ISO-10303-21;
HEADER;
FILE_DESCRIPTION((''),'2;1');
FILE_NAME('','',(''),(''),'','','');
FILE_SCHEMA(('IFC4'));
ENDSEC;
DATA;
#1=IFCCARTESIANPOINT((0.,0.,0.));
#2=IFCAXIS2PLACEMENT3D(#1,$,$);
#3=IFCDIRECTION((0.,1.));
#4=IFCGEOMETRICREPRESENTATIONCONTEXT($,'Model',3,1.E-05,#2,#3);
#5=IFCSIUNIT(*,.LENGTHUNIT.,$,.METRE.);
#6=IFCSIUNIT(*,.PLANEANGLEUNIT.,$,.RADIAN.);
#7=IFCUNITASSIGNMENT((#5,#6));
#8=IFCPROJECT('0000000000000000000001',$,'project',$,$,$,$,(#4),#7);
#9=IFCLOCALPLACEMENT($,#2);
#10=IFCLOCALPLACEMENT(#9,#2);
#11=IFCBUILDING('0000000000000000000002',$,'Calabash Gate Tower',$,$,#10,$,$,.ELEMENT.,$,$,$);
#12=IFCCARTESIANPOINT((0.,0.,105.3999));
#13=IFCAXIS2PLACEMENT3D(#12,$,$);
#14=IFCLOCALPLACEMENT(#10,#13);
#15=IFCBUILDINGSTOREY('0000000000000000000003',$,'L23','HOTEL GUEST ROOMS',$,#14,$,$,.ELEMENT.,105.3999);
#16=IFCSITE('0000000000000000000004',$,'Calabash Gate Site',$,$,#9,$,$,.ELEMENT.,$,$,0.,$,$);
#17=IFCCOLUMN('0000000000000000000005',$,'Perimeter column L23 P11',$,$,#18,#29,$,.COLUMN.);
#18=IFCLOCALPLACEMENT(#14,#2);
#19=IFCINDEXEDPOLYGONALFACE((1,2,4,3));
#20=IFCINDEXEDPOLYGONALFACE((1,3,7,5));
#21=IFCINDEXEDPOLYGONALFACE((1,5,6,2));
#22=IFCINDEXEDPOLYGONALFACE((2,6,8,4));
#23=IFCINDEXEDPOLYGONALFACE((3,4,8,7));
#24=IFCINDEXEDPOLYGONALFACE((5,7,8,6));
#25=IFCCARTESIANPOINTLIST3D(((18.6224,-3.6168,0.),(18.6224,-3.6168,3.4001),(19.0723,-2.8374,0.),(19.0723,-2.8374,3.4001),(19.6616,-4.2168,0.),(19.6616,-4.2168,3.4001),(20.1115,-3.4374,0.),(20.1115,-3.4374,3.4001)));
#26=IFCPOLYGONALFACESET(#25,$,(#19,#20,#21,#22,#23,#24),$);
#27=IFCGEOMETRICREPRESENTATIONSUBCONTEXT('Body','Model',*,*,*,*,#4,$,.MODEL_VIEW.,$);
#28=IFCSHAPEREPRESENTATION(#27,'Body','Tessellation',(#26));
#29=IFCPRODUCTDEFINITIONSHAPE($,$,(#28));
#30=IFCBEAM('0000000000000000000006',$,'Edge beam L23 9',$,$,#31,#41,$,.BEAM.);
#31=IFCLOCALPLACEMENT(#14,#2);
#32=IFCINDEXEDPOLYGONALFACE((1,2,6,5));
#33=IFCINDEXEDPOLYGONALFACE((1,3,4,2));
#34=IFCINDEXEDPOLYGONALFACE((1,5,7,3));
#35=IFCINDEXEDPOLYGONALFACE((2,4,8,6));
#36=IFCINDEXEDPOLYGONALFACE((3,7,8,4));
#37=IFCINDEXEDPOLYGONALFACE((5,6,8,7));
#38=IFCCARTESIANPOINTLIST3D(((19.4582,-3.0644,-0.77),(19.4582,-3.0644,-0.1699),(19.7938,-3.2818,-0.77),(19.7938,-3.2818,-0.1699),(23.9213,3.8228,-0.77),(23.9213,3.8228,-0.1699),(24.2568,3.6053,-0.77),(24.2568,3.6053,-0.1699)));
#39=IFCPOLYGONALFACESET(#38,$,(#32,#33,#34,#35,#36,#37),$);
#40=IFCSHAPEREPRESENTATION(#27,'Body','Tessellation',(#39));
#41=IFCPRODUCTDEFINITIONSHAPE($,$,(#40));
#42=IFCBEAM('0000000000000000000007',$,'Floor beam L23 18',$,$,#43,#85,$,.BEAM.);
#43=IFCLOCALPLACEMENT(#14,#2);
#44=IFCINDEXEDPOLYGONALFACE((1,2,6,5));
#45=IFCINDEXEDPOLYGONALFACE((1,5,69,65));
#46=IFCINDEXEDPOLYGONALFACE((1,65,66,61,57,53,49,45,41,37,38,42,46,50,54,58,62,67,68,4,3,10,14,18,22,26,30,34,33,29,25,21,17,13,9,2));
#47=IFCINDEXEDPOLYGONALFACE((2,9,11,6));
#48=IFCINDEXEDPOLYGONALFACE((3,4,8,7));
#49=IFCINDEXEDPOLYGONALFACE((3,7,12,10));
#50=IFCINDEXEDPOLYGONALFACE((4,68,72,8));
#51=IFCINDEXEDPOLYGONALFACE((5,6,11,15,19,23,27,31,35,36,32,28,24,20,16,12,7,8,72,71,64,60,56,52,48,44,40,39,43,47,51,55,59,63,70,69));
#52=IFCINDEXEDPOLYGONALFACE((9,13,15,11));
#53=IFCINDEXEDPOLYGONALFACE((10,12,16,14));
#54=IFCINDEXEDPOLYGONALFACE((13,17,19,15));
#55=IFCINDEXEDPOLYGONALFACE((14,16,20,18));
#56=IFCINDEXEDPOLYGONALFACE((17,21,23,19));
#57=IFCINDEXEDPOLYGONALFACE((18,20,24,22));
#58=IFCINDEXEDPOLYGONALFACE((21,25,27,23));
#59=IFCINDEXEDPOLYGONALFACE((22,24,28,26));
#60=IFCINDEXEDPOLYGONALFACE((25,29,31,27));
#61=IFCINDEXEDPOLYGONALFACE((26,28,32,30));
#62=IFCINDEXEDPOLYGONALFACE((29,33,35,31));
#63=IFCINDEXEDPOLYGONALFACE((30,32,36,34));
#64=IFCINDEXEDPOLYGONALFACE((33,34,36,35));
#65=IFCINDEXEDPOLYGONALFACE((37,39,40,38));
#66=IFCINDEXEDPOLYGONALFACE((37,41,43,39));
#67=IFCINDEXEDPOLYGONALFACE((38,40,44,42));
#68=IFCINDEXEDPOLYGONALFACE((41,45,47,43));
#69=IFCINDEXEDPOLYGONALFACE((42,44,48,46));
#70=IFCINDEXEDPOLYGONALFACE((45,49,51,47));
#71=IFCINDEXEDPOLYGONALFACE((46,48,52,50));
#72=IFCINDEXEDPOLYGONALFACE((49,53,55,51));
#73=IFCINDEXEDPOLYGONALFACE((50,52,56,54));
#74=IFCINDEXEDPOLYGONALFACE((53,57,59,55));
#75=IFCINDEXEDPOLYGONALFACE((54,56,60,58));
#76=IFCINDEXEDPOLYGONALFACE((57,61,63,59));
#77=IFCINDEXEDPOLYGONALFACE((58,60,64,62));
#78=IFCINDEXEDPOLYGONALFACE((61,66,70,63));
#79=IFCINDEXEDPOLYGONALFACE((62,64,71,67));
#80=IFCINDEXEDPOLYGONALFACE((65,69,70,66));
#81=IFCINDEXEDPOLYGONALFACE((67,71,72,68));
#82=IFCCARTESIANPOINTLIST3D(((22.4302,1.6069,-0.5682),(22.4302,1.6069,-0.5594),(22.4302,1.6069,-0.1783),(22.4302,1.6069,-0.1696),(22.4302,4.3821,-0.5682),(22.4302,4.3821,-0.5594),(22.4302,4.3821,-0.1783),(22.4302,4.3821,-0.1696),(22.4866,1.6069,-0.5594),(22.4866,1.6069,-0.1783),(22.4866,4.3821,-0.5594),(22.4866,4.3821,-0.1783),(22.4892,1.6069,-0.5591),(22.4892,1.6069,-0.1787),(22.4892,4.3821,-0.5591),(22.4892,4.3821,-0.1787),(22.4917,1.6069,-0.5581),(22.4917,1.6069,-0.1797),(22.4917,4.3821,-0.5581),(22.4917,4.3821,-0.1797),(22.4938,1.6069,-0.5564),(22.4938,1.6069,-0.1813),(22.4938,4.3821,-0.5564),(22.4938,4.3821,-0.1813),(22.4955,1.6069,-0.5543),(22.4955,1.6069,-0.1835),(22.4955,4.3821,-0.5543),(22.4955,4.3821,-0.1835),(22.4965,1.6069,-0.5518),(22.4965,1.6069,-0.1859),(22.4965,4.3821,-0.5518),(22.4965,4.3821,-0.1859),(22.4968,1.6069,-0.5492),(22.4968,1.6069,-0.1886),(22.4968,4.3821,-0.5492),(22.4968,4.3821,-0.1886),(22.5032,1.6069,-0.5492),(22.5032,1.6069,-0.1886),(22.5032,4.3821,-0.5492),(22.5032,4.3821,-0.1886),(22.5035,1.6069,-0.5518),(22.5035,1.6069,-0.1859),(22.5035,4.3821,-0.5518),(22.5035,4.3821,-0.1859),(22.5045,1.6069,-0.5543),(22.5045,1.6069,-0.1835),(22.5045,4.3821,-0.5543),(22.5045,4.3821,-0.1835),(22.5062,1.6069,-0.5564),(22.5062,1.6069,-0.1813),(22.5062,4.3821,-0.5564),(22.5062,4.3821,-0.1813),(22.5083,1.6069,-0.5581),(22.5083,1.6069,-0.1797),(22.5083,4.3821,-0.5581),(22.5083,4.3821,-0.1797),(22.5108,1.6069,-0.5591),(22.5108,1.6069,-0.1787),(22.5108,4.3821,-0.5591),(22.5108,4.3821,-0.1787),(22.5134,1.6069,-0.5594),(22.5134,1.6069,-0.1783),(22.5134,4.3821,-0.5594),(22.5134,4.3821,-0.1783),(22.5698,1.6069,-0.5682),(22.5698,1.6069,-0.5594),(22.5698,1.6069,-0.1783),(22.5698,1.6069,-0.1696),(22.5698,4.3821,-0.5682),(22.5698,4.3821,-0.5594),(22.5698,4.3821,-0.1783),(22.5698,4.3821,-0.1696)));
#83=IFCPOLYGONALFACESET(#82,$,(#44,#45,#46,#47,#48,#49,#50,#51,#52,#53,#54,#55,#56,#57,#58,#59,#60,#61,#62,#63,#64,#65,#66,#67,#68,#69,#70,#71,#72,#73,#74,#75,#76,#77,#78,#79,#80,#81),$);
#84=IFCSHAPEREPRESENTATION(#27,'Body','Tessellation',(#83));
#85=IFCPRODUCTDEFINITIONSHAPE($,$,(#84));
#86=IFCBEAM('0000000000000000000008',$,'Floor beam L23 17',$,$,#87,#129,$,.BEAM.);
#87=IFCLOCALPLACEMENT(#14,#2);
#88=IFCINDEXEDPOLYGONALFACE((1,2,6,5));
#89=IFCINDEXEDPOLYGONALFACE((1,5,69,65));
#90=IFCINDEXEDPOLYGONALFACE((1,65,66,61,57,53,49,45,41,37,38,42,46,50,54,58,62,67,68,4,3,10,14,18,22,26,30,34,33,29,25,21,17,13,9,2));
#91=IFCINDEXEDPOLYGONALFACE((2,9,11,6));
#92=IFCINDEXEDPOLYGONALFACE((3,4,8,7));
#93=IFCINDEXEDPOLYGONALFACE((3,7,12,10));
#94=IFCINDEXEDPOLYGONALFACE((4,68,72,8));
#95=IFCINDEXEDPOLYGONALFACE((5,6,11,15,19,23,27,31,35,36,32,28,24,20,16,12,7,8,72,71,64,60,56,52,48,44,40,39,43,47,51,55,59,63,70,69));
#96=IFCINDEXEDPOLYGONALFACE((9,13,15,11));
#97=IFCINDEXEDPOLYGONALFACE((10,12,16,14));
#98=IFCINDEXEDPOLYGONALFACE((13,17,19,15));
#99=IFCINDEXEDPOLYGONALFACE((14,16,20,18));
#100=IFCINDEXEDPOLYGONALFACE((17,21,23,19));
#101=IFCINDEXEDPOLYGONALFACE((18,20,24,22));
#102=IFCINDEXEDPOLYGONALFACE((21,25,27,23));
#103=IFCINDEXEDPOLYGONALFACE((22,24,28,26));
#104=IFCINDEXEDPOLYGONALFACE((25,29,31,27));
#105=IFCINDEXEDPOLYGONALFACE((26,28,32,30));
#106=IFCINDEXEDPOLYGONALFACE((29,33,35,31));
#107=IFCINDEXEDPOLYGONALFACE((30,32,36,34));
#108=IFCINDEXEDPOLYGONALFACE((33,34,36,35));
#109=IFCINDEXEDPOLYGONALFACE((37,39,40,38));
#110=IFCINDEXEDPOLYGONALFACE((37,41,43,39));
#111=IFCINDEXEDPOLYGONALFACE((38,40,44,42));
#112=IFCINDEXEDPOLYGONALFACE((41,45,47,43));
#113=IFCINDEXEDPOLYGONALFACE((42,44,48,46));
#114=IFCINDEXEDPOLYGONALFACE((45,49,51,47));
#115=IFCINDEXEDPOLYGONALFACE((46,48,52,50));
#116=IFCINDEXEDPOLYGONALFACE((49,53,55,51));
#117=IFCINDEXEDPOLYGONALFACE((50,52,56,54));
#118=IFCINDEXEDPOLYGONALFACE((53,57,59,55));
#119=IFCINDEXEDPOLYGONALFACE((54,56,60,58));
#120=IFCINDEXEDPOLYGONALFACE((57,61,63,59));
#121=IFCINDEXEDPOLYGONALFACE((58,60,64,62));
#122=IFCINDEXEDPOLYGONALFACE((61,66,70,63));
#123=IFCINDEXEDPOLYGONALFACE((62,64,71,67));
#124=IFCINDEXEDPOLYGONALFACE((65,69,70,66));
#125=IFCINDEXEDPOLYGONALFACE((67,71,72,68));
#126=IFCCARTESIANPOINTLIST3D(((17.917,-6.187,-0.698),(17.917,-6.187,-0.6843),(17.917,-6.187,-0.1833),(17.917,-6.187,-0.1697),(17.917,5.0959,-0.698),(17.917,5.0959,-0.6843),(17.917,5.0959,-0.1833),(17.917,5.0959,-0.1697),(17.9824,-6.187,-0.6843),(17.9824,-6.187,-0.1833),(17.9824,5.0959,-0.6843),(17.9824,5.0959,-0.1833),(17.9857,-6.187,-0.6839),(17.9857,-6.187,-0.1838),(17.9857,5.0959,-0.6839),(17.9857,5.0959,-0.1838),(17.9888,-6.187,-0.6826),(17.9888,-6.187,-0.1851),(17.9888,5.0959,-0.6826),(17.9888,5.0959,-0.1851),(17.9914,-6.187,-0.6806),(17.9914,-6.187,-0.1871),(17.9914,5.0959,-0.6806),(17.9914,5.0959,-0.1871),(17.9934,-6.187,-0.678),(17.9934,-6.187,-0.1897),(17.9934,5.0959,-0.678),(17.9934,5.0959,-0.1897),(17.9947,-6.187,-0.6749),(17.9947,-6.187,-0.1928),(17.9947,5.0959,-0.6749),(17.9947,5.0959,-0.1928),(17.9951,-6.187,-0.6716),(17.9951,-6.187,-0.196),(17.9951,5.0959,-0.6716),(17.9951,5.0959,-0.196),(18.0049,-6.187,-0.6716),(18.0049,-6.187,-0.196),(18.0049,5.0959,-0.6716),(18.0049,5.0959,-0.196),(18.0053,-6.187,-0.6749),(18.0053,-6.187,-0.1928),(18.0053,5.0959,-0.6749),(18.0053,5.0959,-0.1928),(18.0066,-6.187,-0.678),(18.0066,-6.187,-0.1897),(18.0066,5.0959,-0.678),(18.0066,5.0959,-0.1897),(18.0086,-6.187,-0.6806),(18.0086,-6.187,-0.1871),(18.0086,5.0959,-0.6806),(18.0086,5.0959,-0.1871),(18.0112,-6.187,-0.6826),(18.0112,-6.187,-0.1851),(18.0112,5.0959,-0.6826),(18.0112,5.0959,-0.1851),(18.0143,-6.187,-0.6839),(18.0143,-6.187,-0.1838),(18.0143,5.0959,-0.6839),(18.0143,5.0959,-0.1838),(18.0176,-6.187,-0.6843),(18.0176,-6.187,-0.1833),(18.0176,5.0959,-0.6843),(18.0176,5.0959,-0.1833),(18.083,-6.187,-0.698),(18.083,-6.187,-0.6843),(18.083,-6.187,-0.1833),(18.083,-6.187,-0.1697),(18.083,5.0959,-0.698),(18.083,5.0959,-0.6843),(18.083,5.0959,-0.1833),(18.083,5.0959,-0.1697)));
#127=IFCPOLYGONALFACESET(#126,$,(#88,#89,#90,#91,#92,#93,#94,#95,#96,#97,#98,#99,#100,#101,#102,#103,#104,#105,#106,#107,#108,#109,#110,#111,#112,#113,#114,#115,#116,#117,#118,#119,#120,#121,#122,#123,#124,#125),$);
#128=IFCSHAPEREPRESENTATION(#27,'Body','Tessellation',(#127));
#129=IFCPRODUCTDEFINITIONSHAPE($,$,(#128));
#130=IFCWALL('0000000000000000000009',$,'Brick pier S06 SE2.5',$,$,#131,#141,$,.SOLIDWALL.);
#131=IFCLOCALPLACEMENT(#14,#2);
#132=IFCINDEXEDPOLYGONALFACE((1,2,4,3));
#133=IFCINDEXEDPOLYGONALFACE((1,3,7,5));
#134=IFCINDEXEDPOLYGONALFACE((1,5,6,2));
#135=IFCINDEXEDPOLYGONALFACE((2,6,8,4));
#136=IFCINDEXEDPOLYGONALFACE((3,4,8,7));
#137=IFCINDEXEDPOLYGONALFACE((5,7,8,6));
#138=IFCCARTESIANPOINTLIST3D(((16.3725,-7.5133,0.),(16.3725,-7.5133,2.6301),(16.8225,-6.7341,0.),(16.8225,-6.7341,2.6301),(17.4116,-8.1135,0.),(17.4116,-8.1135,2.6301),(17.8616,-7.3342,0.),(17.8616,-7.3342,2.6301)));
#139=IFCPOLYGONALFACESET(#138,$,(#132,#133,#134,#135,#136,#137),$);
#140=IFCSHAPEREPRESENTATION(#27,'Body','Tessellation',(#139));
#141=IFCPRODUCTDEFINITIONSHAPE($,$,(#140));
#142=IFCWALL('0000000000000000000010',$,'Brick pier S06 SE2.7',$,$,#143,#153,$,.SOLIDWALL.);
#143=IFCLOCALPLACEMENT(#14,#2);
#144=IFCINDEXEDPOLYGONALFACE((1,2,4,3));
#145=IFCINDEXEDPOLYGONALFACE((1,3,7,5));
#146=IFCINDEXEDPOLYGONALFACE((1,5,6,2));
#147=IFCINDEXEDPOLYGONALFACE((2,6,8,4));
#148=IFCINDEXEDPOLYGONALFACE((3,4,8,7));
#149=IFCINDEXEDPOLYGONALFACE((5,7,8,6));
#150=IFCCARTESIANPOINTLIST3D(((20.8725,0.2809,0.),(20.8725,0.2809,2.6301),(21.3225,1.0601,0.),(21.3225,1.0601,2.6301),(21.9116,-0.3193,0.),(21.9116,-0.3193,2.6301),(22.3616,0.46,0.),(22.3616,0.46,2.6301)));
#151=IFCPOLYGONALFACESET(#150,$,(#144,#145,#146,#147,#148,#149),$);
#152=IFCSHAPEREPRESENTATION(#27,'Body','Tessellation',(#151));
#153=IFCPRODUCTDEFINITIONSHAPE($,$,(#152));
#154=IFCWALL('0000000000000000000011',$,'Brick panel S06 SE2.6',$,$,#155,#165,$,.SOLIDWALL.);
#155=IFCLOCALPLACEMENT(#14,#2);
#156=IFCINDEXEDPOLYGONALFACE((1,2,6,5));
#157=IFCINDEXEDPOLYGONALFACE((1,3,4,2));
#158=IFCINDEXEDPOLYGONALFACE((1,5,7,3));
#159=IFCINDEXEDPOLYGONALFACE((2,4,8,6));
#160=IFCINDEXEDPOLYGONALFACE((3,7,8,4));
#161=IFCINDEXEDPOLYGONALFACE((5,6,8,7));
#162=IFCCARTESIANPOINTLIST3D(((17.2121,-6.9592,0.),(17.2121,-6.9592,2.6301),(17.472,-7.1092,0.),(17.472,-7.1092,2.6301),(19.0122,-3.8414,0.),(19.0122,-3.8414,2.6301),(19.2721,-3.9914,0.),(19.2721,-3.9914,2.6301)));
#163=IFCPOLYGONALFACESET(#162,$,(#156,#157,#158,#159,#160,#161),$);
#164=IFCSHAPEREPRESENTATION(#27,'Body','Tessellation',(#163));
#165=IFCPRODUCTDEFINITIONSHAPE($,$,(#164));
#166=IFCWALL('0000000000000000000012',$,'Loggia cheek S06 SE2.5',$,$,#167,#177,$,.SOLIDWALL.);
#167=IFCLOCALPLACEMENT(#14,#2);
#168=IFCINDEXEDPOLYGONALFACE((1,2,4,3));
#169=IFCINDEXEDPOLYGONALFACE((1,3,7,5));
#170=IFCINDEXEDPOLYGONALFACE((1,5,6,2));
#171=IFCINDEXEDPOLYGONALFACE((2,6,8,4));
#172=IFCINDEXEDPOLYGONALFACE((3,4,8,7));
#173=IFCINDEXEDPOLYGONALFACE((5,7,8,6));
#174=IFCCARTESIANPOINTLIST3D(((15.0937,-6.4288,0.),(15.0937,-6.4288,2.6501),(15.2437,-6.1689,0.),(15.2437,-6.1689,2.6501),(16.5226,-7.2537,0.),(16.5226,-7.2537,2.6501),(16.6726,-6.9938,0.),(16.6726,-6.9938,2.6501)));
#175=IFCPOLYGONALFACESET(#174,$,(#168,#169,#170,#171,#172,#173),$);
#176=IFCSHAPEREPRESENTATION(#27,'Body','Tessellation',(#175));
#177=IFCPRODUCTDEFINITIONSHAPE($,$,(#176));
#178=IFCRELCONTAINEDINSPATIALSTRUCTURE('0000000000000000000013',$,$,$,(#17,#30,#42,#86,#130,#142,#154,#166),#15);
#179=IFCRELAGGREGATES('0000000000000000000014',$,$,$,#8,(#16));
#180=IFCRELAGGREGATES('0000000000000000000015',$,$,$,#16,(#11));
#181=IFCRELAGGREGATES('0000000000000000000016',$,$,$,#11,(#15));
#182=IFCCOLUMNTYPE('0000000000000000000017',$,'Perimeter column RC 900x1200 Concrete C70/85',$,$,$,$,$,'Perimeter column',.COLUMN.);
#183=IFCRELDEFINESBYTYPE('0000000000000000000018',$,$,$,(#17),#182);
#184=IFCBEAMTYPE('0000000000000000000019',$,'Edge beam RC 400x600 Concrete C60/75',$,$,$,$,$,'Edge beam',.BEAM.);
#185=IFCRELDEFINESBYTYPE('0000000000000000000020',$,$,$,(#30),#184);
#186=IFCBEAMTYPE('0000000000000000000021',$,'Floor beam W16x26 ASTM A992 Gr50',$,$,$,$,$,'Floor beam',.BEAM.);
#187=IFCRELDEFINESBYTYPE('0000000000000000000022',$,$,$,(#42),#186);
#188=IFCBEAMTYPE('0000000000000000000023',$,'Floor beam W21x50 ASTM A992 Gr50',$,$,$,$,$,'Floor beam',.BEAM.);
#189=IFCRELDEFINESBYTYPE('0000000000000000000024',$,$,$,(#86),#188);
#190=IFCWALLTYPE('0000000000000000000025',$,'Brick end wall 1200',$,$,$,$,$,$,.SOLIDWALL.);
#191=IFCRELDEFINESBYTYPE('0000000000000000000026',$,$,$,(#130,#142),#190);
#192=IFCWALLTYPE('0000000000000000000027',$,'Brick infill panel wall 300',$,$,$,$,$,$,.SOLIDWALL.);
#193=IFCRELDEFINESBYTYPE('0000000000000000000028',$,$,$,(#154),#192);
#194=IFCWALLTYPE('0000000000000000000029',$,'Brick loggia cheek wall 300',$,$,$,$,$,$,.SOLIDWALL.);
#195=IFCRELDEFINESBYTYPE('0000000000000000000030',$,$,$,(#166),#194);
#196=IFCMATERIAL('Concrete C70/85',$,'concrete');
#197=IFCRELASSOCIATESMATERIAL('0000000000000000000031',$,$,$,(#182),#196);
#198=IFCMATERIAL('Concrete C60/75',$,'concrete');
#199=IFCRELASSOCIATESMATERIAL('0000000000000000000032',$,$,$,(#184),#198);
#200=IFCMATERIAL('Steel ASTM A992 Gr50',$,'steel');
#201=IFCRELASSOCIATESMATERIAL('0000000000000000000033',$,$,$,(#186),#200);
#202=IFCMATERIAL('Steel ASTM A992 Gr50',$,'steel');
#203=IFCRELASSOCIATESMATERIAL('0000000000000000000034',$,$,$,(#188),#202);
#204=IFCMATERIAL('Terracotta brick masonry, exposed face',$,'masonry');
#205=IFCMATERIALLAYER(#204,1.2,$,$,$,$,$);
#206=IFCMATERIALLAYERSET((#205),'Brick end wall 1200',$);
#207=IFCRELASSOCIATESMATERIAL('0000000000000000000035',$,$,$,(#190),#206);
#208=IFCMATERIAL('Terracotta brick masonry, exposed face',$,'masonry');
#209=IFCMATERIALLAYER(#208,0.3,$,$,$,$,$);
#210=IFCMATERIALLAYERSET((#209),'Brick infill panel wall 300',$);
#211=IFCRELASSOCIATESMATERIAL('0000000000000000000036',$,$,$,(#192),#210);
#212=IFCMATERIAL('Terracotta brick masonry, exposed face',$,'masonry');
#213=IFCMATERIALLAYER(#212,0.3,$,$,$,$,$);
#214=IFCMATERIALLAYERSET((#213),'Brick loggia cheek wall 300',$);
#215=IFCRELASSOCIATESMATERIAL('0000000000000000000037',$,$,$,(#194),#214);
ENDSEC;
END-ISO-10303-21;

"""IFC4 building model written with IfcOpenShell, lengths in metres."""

from ifc_helpers import new_model, si_unit, direction, frame, frame_2d, origin, origin_2d, place, context, subcontext, project, spatial, rectangle, i_section, extrude, material, layer, layer_set, material_profile, profile_set, type_object, element, save


model = new_model("IFC4")

# Units and contexts
model_context = context("Model", 3, precision=1e-05, world=origin(), true_north=direction((0.0, 1.0)))
body_context = subcontext(model_context, "Body", "Model", "MODEL_VIEW")
ifc_project = project(units=[si_unit("LENGTHUNIT", "METRE"), si_unit("PLANEANGLEUNIT", "RADIAN")], contexts=[model_context])

# Site, building, storey
site_placement = place(None, origin())
site = spatial("IfcSite", under=ifc_project, at=site_placement, Name="Calabash Gate Site", CompositionType="ELEMENT", RefElevation=0.0)
building_placement = place(site_placement, origin())
building = spatial("IfcBuilding", under=site, at=building_placement, Name="Calabash Gate Tower", CompositionType="ELEMENT")
storey_placement = place(building_placement, frame((0.0, 0.0, 105.3999)))
storey = spatial("IfcBuildingStorey", under=building, at=storey_placement, Name="L23", Description="HOTEL GUEST ROOMS", CompositionType="ELEMENT", Elevation=105.3999)

# Column
ifc_material_1 = material(Name="Concrete C70/85", Category="concrete")
ifc_material_profile_1 = material_profile(ifc_material_1, rectangle(XDim=0.8999, YDim=1.2, at=origin_2d()))
ifc_profile_set_1 = profile_set([ifc_material_profile_1], Name="Concrete C70/85")
column_type = type_object("IfcColumnType", Name="Perimeter column RC 900x1200 Concrete C70/85", ElementType="Perimeter column", PredefinedType="COLUMN", material=ifc_profile_set_1)
column_placement = place(storey_placement, frame((19.3669, -3.5271, 0.0), z_axis=(0.0, 0.0, 1.0), x_axis=(0.5, 0.866025, 0.0)))
element("IfcColumn", 1, at=column_placement, inside=storey, type_object=column_type, Name="Perimeter column L23 P11", PredefinedType="COLUMN", context=body_context, shape_type="SweptSolid", body=[
    extrude(rectangle(XDim=0.8999, YDim=1.2, at=origin_2d()), origin(), (0.0, 0.0, 1.0), 3.4001),
])

# Beams
ifc_material_2 = material(Name="Concrete C60/75", Category="concrete")
ifc_material_profile_2 = material_profile(ifc_material_2, rectangle(XDim=0.3999, YDim=0.6001, at=origin_2d()))
ifc_profile_set_2 = profile_set([ifc_material_profile_2], Name="Concrete C60/75")
beam_type_1 = type_object("IfcBeamType", Name="Edge beam RC 400x600 Concrete C60/75", ElementType="Edge beam", PredefinedType="BEAM", material=ifc_profile_set_2)
beam_1_placement = place(storey_placement, frame((19.626, -3.1731, -0.47), z_axis=(0.543827, 0.839197, 0.0), x_axis=(-0.839197, 0.543827, 0.0)))
element("IfcBeam", 2, at=beam_1_placement, inside=storey, type_object=beam_type_1, Name="Edge beam L23 9", PredefinedType="BEAM", context=body_context, shape_type="SweptSolid", body=[
    extrude(rectangle(XDim=0.3999, YDim=0.6001, at=origin_2d()), origin(), (0.0, 0.0, 1.0), 8.2068),
])
ifc_material_3 = material(Name="Steel ASTM A992 Gr50", Category="steel")
ifc_material_profile_3 = material_profile(ifc_material_3, i_section(OverallWidth=0.1396, OverallDepth=0.3987, WebThickness=0.0063, FlangeThickness=0.0088, FilletRadius=0.0103, at=origin_2d()))
ifc_profile_set_3 = profile_set([ifc_material_profile_3], Name="Steel ASTM A992 Gr50")
beam_type_2 = type_object("IfcBeamType", Name="Floor beam W16x26 ASTM A992 Gr50", ElementType="Floor beam", PredefinedType="BEAM", material=ifc_profile_set_3)
beam_2_placement = place(storey_placement, frame((22.5, 1.6069, -0.3689), z_axis=(0.0, 1.0, 0.0), x_axis=(-1.0, 0.0, 0.0)))
element("IfcBeam", 3, at=beam_2_placement, inside=storey, type_object=beam_type_2, Name="Floor beam L23 18", PredefinedType="BEAM", context=body_context, shape_type="SweptSolid", body=[
    extrude(i_section(OverallWidth=0.1396, OverallDepth=0.3987, WebThickness=0.0063, FlangeThickness=0.0088, FilletRadius=0.0103, at=origin_2d()), origin(), (0.0, 0.0, 1.0), 2.7751),
])
ifc_material_4 = material(Name="Steel ASTM A992 Gr50", Category="steel")
ifc_material_profile_4 = material_profile(ifc_material_4, i_section(OverallWidth=0.166, OverallDepth=0.5283, WebThickness=0.0098, FlangeThickness=0.0137, FilletRadius=0.0127, at=origin_2d()))
ifc_profile_set_4 = profile_set([ifc_material_profile_4], Name="Steel ASTM A992 Gr50")
beam_type_3 = type_object("IfcBeamType", Name="Floor beam W21x50 ASTM A992 Gr50", ElementType="Floor beam", PredefinedType="BEAM", material=ifc_profile_set_4)
beam_3_placement = place(storey_placement, frame((18.0, -6.187, -0.4338), z_axis=(0.0, 1.0, 0.0), x_axis=(-1.0, 0.0, 0.0)))
element("IfcBeam", 4, at=beam_3_placement, inside=storey, type_object=beam_type_3, Name="Floor beam L23 17", PredefinedType="BEAM", context=body_context, shape_type="SweptSolid", body=[
    extrude(i_section(OverallWidth=0.166, OverallDepth=0.5283, WebThickness=0.0098, FlangeThickness=0.0137, FilletRadius=0.0127, at=origin_2d()), origin(), (0.0, 0.0, 1.0), 11.283),
])

# Walls
ifc_material_5 = material(Name="Terracotta brick masonry, exposed face", Category="masonry")
ifc_layer_1 = layer(ifc_material_5, 1.2)
ifc_layer_set_1 = layer_set([ifc_layer_1], Name="Brick end wall 1200")
wall_type_1 = type_object("IfcWallType", Name="Brick end wall 1200", PredefinedType="SOLIDWALL", material=ifc_layer_set_1)
for number, where, z_axis, x_axis, name in (
    (5, (17.6367, -7.7239, 0.0), (0.0, 0.0, 1.0), (-0.865955, 0.500122, 0.0), "Brick pier S06 SE2.5"),
    (6, (22.1367, 0.0703, 0.0), (0.0, 0.0, 1.0), (-0.865955, 0.500122, 0.0), "Brick pier S06 SE2.7"),
):
    element("IfcWall", number, at=place(storey_placement, frame(where, z_axis=z_axis, x_axis=x_axis)), inside=storey, type_object=wall_type_1, Name=name, PredefinedType="SOLIDWALL", context=body_context, shape_type="SweptSolid", body=[
        extrude(rectangle(XDim=1.2, YDim=0.8999, at=frame_2d((0.6001, 0.0))), origin(), (0.0, 0.0, 1.0), 2.6301),
    ])
ifc_material_6 = material(Name="Terracotta brick masonry, exposed face", Category="masonry")
ifc_layer_2 = layer(ifc_material_6, 0.3)
ifc_layer_set_2 = layer_set([ifc_layer_2], Name="Brick infill panel wall 300")
wall_type_2 = type_object("IfcWallType", Name="Brick infill panel wall 300", PredefinedType="SOLIDWALL", material=ifc_layer_set_2)
wall_1_placement = place(storey_placement, frame((17.342, -7.0342, 0.0), z_axis=(0.0, 0.0, 1.0), x_axis=(0.500012, 0.866018, 0.0)))
element("IfcWall", 7, at=wall_1_placement, inside=storey, type_object=wall_type_2, Name="Brick panel S06 SE2.6", PredefinedType="SOLIDWALL", context=body_context, shape_type="SweptSolid", body=[
    extrude(rectangle(XDim=3.6001, YDim=0.3, at=frame_2d((1.8, 0.0))), origin(), (0.0, 0.0, 1.0), 2.6301),
])
ifc_material_7 = material(Name="Terracotta brick masonry, exposed face", Category="masonry")
ifc_layer_3 = layer(ifc_material_7, 0.3)
ifc_layer_set_3 = layer_set([ifc_layer_3], Name="Brick loggia cheek wall 300")
wall_type_3 = type_object("IfcWallType", Name="Brick loggia cheek wall 300", PredefinedType="SOLIDWALL", material=ifc_layer_set_3)
wall_2_placement = place(storey_placement, frame((15.1687, -6.2988, 0.0), z_axis=(0.0, 0.0, 1.0), x_axis=(0.86604, -0.499974, 0.0)))
element("IfcWall", 8, at=wall_2_placement, inside=storey, type_object=wall_type_3, Name="Loggia cheek S06 SE2.5", PredefinedType="SOLIDWALL", context=body_context, shape_type="SweptSolid", body=[
    extrude(rectangle(XDim=1.6499, YDim=0.3, at=frame_2d((0.825, 0.0))), origin(), (0.0, 0.0, 1.0), 2.6501),
])

save(model, "model.ifc")
